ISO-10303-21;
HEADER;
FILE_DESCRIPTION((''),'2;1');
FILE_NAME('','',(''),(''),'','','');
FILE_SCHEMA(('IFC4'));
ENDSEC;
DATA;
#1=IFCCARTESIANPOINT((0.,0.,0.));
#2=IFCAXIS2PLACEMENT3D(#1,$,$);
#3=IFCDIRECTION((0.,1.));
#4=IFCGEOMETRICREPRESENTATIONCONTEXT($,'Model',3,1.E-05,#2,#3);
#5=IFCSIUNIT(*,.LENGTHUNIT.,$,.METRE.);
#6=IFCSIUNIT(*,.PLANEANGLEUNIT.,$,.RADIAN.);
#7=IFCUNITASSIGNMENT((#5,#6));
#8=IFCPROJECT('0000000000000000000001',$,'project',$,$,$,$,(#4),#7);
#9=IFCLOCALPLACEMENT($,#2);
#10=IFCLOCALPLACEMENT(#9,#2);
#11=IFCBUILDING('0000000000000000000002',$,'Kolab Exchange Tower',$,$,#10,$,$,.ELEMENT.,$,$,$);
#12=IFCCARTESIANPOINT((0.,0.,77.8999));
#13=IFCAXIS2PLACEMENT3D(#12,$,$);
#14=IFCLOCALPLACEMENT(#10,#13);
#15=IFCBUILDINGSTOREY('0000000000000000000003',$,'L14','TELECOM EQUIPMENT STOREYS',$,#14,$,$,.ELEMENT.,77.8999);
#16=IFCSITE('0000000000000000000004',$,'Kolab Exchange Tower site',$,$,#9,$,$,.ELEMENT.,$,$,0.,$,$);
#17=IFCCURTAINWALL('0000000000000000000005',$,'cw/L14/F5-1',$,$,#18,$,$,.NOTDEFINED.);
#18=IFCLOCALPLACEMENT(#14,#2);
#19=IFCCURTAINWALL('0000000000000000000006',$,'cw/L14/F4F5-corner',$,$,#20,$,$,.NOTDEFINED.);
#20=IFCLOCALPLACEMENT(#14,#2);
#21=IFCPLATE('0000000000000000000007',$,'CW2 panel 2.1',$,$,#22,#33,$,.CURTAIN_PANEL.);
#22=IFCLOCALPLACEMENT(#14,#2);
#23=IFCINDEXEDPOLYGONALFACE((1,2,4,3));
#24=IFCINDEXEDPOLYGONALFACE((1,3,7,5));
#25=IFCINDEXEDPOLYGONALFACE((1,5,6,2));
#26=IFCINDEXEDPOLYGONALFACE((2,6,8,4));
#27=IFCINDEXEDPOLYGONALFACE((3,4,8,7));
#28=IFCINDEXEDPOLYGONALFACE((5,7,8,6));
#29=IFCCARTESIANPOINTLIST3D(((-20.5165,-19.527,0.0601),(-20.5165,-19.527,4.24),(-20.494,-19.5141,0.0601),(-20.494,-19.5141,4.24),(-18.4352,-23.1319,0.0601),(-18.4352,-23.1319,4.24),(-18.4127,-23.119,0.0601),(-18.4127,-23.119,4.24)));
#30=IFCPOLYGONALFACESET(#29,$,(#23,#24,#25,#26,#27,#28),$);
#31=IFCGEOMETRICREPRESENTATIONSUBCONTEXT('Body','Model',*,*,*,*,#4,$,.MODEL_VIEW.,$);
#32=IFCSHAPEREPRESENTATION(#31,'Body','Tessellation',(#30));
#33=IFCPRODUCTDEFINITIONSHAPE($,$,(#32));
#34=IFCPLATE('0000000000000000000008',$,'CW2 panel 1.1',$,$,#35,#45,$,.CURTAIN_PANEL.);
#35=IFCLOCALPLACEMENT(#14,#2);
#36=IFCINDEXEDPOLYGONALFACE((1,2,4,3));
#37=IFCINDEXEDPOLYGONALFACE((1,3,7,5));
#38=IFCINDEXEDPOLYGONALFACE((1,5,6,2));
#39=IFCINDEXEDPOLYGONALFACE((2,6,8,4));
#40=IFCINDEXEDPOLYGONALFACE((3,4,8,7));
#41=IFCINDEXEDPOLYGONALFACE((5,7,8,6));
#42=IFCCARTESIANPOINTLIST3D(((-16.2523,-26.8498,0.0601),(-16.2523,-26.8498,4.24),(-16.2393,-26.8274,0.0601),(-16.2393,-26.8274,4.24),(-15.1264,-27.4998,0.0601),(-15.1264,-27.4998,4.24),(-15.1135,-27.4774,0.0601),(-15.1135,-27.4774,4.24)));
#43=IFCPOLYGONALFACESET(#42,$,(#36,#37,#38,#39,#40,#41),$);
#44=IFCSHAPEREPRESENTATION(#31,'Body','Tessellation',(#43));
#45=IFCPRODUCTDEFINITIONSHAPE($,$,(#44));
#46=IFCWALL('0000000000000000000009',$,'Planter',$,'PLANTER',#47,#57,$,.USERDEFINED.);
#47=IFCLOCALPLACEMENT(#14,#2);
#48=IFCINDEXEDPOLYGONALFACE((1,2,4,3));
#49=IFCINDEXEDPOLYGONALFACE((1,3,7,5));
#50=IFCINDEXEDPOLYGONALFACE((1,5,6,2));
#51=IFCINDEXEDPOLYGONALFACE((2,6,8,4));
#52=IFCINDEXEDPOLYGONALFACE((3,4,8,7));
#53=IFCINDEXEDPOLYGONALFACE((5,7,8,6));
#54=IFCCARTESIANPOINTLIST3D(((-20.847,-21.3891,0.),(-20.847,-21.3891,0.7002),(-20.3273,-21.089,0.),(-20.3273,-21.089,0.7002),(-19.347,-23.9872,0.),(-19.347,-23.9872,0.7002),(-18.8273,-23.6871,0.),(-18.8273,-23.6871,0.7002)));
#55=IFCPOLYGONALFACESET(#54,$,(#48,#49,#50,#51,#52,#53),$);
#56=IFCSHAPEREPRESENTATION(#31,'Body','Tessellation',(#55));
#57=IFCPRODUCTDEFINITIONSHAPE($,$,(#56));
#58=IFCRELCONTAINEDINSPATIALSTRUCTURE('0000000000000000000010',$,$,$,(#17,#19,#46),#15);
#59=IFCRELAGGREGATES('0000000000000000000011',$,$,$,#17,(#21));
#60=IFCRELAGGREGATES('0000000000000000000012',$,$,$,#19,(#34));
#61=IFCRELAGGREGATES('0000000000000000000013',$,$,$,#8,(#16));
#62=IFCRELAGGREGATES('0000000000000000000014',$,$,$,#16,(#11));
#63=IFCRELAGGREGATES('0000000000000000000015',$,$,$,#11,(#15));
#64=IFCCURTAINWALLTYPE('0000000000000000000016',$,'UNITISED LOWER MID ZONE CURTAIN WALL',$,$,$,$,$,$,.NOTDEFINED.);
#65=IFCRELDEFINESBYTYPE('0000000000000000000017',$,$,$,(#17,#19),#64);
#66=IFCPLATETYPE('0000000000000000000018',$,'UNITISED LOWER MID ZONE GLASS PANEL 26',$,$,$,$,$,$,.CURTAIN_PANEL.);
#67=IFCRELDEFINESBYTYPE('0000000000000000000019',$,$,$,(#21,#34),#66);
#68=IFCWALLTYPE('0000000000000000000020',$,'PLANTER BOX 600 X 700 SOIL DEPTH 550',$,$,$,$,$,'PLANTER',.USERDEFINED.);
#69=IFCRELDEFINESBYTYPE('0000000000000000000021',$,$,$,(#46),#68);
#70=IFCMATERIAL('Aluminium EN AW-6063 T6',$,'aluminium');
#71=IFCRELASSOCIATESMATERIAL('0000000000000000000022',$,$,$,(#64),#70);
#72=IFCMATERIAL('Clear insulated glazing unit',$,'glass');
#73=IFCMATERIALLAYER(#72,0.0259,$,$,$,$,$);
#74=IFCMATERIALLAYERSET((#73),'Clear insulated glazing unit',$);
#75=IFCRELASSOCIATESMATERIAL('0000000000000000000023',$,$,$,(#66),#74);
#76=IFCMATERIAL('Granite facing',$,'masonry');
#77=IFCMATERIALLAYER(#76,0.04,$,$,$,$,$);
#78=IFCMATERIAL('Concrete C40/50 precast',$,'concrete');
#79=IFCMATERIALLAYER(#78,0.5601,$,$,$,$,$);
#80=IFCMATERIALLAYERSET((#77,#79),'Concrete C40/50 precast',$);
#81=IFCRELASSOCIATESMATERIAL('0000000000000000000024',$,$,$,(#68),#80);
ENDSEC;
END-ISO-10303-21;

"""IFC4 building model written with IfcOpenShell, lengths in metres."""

from ifc_helpers import new_model, si_unit, direction, frame, frame_2d, origin, origin_2d, place, context, subcontext, project, spatial, rectangle, extrude, material, layer, layer_set, type_object, element, aggregate, save


model = new_model("IFC4")

# Units and contexts
model_context = context("Model", 3, precision=1e-05, world=origin(), true_north=direction((0.0, 1.0)))
body_context = subcontext(model_context, "Body", "Model", "MODEL_VIEW")
ifc_project = project(units=[si_unit("LENGTHUNIT", "METRE"), si_unit("PLANEANGLEUNIT", "RADIAN")], contexts=[model_context])

# Site, building, storey
site_placement = place(None, origin())
site = spatial("IfcSite", under=ifc_project, at=site_placement, Name="Kolab Exchange Tower site", CompositionType="ELEMENT", RefElevation=0.0)
building_placement = place(site_placement, origin())
building = spatial("IfcBuilding", under=site, at=building_placement, Name="Kolab Exchange Tower", CompositionType="ELEMENT")
storey_placement = place(building_placement, frame((0.0, 0.0, 77.8999)))
storey = spatial("IfcBuildingStorey", under=building, at=storey_placement, Name="L14", Description="TELECOM EQUIPMENT STOREYS", CompositionType="ELEMENT", Elevation=77.8999)

# Curtain wall
ifc_material_1 = material(Name="Aluminium EN AW-6063 T6", Category="aluminium")
curtain_wall_type = type_object("IfcCurtainWallType", Name="UNITISED LOWER MID ZONE CURTAIN WALL", PredefinedType="NOTDEFINED", material=ifc_material_1)
curtain_wall_1_placement = place(storey_placement, origin())
curtain_wall_1 = element("IfcCurtainWall", 1, at=curtain_wall_1_placement, inside=storey, type_object=curtain_wall_type, Name="cw/L14/F5-1", PredefinedType="NOTDEFINED")

# Curtain wall
curtain_wall_2_placement = place(storey_placement, origin())
curtain_wall_2 = element("IfcCurtainWall", 2, at=curtain_wall_2_placement, inside=storey, type_object=curtain_wall_type, Name="cw/L14/F4F5-corner", PredefinedType="NOTDEFINED")

# Plates
ifc_material_2 = material(Name="Clear insulated glazing unit", Category="glass")
ifc_layer_1 = layer(ifc_material_2, 0.0259)
ifc_layer_set_1 = layer_set([ifc_layer_1], Name="Clear insulated glazing unit")
plate_type = type_object("IfcPlateType", Name="UNITISED LOWER MID ZONE GLASS PANEL 26", PredefinedType="CURTAIN_PANEL", material=ifc_layer_set_1)
plate_1_placement = place(storey_placement, frame((-19.4646, -21.323, 0.0601), z_axis=(0.0, 0.0, 1.0), x_axis=(-0.5, 0.866025, 0.0)))
plate_1 = element("IfcPlate", 3, at=plate_1_placement, type_object=plate_type, Name="CW2 panel 2.1", PredefinedType="CURTAIN_PANEL", context=body_context, shape_type="SweptSolid", body=[
    extrude(rectangle(XDim=4.1626, YDim=0.0259, at=origin_2d()), origin(), (0.0, 0.0, 1.0), 4.1799),
])
aggregate(curtain_wall_1, [plate_1])
plate_2_placement = place(storey_placement, frame((-15.6829, -27.1636, 0.0601), z_axis=(0.0, 0.0, 1.0), x_axis=(-0.866025, 0.5, 0.0)))
plate_2 = element("IfcPlate", 4, at=plate_2_placement, type_object=plate_type, Name="CW2 panel 1.1", PredefinedType="CURTAIN_PANEL", context=body_context, shape_type="SweptSolid", body=[
    extrude(rectangle(XDim=1.3, YDim=0.0259, at=origin_2d()), origin(), (0.0, 0.0, 1.0), 4.1799),
])
aggregate(curtain_wall_2, [plate_2])

# Wall
ifc_material_3 = material(Name="Granite facing", Category="masonry")
ifc_layer_2 = layer(ifc_material_3, 0.04)
ifc_material_4 = material(Name="Concrete C40/50 precast", Category="concrete")
ifc_layer_3 = layer(ifc_material_4, 0.5601)
ifc_layer_set_2 = layer_set([ifc_layer_2, ifc_layer_3], Name="Concrete C40/50 precast")
wall_type = type_object("IfcWallType", Name="PLANTER BOX 600 X 700 SOIL DEPTH 550", ElementType="PLANTER", PredefinedType="USERDEFINED", material=ifc_layer_set_2)
wall_placement = place(storey_placement, frame((-19.0872, -23.8372, 0.0), z_axis=(0.0, 0.0, 1.0), x_axis=(-0.49999, 0.866031, 0.0)))
element("IfcWall", 5, at=wall_placement, inside=storey, type_object=wall_type, Name="Planter", ObjectType="PLANTER", PredefinedType="USERDEFINED", context=body_context, shape_type="SweptSolid", body=[
    extrude(rectangle(XDim=3.0, YDim=0.6001, at=frame_2d((1.5, 0.0))), origin(), (0.0, 0.0, 1.0), 0.7002),
])

save(model, "model.ifc")
